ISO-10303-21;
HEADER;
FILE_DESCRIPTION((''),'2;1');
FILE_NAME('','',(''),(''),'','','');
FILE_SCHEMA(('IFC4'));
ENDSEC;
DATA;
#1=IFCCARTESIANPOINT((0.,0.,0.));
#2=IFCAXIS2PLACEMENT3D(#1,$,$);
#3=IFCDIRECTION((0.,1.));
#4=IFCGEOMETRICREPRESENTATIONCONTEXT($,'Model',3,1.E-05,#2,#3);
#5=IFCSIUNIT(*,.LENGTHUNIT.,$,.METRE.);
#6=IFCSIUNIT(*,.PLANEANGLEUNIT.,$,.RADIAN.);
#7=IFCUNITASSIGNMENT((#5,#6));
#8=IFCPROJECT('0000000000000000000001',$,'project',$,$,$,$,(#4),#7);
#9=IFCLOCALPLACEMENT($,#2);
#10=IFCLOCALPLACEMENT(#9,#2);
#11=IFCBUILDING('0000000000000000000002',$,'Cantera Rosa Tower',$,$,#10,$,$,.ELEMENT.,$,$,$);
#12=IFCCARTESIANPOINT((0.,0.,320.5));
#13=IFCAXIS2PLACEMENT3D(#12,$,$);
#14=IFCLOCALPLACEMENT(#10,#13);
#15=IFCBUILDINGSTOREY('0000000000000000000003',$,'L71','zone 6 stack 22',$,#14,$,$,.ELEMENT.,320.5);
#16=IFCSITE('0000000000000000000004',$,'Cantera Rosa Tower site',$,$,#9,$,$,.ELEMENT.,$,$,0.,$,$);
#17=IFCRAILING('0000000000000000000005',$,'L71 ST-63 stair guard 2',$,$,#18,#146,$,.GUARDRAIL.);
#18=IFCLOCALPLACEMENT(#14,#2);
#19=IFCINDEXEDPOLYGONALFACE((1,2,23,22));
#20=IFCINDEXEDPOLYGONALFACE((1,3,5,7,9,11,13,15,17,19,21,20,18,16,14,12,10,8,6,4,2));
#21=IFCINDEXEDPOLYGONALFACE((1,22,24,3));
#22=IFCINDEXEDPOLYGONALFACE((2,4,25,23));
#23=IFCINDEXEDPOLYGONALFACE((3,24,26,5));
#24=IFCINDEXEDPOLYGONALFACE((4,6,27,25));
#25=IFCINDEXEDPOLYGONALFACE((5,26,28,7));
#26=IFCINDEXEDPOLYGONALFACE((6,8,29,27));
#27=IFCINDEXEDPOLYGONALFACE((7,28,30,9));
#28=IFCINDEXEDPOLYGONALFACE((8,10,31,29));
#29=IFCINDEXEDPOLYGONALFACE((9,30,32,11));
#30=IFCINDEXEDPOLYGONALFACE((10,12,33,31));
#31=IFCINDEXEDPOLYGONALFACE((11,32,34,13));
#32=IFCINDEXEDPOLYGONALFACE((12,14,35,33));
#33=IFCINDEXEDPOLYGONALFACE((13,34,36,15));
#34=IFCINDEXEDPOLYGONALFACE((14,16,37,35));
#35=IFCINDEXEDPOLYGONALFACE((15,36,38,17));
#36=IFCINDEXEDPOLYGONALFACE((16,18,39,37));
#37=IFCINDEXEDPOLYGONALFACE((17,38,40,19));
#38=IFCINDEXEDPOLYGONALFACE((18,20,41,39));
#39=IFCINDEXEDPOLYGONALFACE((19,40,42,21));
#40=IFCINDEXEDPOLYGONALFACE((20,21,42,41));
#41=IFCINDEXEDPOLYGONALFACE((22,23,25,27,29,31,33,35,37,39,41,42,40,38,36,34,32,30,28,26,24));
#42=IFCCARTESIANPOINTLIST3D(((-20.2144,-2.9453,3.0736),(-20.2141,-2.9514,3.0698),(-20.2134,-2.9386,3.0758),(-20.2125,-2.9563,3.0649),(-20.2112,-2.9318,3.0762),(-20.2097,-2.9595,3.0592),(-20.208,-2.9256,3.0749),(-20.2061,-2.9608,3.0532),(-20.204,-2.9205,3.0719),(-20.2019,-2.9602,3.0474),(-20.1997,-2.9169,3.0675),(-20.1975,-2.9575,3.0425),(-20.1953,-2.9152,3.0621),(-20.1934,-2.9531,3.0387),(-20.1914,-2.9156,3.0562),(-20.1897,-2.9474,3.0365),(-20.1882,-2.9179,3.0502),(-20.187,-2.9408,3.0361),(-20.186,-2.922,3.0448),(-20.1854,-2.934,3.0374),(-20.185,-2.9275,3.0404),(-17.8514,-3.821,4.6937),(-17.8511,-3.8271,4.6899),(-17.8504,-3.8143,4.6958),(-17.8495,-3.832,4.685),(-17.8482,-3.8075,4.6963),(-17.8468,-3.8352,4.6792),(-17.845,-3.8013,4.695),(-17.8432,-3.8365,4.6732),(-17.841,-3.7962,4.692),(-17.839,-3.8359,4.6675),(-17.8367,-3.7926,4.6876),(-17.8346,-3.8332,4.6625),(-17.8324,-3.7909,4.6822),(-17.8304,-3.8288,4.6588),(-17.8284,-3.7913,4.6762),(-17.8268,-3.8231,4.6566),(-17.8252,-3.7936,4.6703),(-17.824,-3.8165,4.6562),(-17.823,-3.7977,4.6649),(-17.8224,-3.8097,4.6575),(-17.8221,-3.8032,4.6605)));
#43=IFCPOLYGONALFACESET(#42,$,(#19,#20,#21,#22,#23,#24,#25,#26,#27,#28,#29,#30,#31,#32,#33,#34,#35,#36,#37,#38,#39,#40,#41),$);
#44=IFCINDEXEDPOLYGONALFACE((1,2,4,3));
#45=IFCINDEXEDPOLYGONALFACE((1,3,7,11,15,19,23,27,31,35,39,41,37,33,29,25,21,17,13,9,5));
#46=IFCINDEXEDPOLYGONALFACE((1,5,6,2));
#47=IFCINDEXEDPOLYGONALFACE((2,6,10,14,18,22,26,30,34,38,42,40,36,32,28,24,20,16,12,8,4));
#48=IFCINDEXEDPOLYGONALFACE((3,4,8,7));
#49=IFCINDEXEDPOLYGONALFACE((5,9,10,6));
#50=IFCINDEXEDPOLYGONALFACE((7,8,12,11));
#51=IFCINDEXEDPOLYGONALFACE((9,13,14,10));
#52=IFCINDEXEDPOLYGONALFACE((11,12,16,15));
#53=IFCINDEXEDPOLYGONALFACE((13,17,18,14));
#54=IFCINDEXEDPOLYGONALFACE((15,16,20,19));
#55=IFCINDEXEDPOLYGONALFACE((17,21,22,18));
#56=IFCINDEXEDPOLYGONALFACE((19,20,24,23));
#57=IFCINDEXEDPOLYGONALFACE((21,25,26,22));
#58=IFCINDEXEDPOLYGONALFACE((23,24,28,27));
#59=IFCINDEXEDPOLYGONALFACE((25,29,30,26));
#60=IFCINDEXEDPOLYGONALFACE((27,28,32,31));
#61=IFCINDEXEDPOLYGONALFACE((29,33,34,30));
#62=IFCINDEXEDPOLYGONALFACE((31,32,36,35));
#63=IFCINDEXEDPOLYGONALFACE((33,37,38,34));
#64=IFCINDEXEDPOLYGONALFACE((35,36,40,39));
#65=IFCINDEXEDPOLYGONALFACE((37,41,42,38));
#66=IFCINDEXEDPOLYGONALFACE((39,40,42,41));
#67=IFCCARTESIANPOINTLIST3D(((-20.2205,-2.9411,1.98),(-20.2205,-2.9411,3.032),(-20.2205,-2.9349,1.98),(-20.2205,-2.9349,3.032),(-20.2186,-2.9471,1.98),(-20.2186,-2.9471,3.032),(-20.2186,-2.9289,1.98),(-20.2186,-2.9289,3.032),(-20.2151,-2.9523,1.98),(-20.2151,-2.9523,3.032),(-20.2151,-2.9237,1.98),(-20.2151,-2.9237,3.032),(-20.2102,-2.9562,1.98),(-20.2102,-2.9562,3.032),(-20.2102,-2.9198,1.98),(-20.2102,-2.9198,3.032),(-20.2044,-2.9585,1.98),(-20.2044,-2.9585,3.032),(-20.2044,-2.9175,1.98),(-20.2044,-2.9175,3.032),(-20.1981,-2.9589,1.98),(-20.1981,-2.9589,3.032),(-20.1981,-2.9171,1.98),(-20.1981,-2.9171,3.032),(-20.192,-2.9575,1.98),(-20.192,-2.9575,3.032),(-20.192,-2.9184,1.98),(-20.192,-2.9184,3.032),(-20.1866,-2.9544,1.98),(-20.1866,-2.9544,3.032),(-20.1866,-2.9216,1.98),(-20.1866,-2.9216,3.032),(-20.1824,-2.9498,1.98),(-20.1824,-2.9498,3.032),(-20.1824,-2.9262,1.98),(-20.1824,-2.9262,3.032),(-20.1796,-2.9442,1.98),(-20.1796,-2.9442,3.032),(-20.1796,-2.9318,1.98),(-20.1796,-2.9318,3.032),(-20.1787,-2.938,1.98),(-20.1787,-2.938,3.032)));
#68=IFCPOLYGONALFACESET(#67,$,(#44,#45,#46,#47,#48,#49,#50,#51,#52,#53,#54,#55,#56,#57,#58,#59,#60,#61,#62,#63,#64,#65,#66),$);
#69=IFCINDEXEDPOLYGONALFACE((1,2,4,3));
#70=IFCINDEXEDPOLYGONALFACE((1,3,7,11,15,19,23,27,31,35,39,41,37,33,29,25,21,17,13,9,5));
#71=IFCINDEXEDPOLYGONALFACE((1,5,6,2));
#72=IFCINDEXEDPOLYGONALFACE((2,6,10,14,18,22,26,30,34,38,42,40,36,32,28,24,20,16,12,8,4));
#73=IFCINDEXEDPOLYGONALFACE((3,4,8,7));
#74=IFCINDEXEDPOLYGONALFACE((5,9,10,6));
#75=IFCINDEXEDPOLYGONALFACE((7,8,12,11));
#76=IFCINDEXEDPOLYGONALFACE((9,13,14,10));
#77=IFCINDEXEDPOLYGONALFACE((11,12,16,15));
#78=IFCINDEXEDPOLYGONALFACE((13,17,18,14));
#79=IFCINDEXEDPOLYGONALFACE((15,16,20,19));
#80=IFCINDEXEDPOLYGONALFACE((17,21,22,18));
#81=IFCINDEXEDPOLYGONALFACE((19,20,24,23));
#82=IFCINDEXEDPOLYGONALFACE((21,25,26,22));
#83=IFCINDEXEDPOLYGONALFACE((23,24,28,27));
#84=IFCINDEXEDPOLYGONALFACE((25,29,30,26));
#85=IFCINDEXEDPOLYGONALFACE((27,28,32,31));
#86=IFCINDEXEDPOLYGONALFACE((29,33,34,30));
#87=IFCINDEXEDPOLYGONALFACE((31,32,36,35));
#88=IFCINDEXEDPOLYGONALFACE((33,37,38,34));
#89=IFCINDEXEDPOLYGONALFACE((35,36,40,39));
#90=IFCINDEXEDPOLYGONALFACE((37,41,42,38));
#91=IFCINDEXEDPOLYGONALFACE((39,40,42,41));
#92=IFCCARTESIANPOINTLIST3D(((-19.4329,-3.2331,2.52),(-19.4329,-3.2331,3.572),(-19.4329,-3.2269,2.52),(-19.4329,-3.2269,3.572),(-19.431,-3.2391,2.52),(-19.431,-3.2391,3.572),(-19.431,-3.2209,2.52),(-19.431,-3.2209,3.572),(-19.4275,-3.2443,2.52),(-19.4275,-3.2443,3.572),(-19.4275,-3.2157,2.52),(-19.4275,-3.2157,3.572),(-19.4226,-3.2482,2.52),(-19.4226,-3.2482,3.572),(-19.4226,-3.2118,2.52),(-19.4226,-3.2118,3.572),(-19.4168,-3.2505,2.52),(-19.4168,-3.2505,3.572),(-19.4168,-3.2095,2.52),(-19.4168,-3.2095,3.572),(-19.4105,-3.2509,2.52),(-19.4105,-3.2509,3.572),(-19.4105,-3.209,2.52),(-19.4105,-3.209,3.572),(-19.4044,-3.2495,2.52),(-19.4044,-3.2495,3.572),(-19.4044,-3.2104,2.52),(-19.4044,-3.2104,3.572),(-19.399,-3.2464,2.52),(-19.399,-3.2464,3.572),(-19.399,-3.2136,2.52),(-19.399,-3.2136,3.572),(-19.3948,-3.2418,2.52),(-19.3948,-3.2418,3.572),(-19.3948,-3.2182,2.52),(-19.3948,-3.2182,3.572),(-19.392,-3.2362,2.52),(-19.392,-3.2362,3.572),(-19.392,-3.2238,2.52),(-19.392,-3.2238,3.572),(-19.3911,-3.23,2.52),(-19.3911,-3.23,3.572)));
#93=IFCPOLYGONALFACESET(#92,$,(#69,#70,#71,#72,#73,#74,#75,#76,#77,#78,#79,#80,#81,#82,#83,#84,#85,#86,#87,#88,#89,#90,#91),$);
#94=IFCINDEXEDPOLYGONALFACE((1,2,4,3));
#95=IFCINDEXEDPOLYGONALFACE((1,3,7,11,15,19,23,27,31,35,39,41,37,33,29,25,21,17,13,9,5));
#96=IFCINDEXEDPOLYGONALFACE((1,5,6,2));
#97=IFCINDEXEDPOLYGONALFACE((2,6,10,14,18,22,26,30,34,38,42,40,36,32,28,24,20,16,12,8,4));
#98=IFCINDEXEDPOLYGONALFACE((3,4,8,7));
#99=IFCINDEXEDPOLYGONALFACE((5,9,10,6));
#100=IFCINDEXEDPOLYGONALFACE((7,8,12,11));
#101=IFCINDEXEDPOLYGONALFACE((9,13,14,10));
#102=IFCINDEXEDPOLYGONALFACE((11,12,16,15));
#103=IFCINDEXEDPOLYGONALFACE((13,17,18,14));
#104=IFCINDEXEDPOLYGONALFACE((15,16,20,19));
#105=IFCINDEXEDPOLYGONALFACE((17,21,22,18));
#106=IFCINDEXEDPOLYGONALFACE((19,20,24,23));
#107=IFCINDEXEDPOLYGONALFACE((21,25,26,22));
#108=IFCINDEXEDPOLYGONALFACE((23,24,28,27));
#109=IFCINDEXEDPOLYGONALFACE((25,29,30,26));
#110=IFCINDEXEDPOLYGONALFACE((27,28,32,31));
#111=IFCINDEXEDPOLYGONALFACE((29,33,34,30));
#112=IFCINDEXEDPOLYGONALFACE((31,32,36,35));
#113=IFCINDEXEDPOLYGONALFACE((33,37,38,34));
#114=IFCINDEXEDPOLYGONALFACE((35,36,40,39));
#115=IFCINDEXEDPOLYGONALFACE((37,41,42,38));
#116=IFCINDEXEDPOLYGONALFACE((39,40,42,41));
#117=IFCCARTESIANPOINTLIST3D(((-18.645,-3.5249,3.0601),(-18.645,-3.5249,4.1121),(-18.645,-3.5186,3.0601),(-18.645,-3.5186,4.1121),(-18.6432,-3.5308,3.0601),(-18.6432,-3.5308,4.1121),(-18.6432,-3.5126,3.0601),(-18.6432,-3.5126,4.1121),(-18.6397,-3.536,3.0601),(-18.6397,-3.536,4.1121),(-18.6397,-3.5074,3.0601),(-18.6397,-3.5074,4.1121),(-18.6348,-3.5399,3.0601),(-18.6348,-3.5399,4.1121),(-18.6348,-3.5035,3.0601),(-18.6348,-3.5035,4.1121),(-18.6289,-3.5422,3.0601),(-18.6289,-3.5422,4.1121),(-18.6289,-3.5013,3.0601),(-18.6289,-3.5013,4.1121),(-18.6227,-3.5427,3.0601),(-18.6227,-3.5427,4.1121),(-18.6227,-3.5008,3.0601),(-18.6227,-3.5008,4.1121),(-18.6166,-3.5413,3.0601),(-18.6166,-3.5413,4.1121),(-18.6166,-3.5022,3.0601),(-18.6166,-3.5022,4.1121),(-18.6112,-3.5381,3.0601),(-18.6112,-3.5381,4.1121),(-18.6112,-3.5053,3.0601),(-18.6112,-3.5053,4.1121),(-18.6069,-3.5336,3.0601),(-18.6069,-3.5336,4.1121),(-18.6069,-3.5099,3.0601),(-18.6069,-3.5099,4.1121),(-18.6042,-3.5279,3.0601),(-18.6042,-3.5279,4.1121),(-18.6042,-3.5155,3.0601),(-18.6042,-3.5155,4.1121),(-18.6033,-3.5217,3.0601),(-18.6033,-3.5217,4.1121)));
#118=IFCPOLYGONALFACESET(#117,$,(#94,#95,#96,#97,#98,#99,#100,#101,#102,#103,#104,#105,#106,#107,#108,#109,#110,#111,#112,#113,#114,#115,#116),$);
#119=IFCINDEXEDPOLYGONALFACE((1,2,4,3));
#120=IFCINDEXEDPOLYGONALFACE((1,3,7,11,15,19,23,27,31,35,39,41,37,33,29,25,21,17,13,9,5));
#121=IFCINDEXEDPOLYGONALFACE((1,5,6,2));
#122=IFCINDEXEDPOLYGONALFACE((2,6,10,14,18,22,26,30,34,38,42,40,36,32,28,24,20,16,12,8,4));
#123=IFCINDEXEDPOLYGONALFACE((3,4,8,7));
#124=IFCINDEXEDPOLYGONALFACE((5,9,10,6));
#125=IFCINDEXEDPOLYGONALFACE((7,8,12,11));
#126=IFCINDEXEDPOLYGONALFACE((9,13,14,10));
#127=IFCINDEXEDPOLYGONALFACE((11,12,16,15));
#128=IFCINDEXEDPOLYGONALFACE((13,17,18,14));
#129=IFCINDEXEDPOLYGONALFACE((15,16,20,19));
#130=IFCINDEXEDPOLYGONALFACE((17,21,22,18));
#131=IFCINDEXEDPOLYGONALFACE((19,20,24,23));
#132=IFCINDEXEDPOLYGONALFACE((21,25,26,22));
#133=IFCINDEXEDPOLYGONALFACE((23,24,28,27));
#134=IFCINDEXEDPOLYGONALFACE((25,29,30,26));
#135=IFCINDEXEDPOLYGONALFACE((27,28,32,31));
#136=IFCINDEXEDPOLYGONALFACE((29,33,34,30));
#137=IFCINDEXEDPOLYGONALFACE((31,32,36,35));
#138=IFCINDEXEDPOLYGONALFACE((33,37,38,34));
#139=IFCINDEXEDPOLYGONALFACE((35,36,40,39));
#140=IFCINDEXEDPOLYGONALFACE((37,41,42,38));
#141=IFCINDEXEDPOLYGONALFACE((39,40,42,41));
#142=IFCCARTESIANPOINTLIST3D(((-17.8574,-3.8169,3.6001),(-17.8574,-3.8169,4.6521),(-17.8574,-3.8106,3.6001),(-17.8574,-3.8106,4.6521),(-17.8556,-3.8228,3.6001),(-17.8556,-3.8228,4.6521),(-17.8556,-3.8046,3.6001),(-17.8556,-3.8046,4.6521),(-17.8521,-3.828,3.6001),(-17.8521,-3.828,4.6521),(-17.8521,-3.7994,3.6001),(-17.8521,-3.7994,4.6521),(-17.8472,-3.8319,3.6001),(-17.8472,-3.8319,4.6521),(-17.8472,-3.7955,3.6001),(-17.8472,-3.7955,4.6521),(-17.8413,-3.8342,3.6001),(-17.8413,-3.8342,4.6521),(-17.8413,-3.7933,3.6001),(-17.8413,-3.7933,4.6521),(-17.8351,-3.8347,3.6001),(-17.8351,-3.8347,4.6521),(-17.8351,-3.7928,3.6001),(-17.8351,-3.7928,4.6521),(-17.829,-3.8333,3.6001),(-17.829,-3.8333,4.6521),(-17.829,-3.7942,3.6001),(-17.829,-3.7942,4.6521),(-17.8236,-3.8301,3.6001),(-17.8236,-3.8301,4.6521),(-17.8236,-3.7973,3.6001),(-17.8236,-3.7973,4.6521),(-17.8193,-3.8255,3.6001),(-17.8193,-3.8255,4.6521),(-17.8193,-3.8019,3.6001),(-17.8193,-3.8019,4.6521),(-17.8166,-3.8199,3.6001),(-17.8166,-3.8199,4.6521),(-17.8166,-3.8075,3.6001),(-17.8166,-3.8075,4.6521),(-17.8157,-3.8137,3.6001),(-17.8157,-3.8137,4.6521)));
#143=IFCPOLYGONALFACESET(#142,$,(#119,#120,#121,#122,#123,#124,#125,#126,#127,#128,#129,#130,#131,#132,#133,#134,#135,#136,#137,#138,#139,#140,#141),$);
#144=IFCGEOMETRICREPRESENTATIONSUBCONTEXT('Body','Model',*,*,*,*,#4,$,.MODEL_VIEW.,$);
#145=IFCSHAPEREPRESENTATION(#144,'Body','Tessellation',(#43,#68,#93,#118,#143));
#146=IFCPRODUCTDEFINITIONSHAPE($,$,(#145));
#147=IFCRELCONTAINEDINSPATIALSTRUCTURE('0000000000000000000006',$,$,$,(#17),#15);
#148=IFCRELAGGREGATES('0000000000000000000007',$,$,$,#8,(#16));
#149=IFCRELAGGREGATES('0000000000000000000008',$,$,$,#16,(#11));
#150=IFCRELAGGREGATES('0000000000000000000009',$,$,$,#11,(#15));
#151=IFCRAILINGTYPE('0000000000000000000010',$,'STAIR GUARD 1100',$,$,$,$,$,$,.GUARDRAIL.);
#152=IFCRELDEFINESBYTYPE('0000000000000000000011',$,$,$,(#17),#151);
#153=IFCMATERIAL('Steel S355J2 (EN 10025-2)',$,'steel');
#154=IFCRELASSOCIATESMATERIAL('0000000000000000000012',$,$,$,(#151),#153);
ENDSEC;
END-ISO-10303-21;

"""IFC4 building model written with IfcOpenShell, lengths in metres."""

from ifc_helpers import new_model, si_unit, direction, frame, origin, origin_2d, place, context, subcontext, project, spatial, circle, extrude, material, type_object, element, save


model = new_model("IFC4")

# Units and contexts
model_context = context("Model", 3, precision=1e-05, world=origin(), true_north=direction((0.0, 1.0)))
body_context = subcontext(model_context, "Body", "Model", "MODEL_VIEW")
ifc_project = project(units=[si_unit("LENGTHUNIT", "METRE"), si_unit("PLANEANGLEUNIT", "RADIAN")], contexts=[model_context])

# Site, building, storey
site_placement = place(None, origin())
site = spatial("IfcSite", under=ifc_project, at=site_placement, Name="Cantera Rosa Tower site", CompositionType="ELEMENT", RefElevation=0.0)
building_placement = place(site_placement, origin())
building = spatial("IfcBuilding", under=site, at=building_placement, Name="Cantera Rosa Tower", CompositionType="ELEMENT")
storey_placement = place(building_placement, frame((0.0, 0.0, 320.5)))
storey = spatial("IfcBuildingStorey", under=building, at=storey_placement, Name="L71", Description="zone 6 stack 22", CompositionType="ELEMENT", Elevation=320.5)

# Railing
ifc_material_1 = material(Name="Steel S355J2 (EN 10025-2)", Category="steel")
railing_type_1 = type_object("IfcRailingType", Name="STAIR GUARD 1100", PredefinedType="GUARDRAIL", material=ifc_material_1)
railing_1_placement = place(storey_placement, frame((-20.1997, -2.938, 1.98)))
element("IfcRailing", 1, at=railing_1_placement, inside=storey, type_object=railing_type_1, Name="L71 ST-63 stair guard 2", PredefinedType="GUARDRAIL", context=body_context, shape_type="SweptSolid", body=[
    extrude(circle(Radius=0.0239, at=origin_2d()), frame((0.0, 0.0, 1.0762), z_axis=(0.788748, -0.292307, 0.540772), x_axis=(0.347501, 0.93768, 0.0)), (0.0, 0.0, 1.0), 2.9958),
    extrude(circle(Radius=0.021, at=origin_2d()), origin(), (0.0, 0.0, 1.0), 1.052),
    extrude(circle(Radius=0.021, at=origin_2d()), frame((0.7876, -0.292, 0.54)), (0.0, 0.0, 1.0), 1.052),
    extrude(circle(Radius=0.021, at=origin_2d()), frame((1.5754, -0.5837, 1.0801)), (0.0, 0.0, 1.0), 1.052),
    extrude(circle(Radius=0.021, at=origin_2d()), frame((2.363, -0.8757, 1.6201)), (0.0, 0.0, 1.0), 1.052),
])

save(model, "model.ifc")
